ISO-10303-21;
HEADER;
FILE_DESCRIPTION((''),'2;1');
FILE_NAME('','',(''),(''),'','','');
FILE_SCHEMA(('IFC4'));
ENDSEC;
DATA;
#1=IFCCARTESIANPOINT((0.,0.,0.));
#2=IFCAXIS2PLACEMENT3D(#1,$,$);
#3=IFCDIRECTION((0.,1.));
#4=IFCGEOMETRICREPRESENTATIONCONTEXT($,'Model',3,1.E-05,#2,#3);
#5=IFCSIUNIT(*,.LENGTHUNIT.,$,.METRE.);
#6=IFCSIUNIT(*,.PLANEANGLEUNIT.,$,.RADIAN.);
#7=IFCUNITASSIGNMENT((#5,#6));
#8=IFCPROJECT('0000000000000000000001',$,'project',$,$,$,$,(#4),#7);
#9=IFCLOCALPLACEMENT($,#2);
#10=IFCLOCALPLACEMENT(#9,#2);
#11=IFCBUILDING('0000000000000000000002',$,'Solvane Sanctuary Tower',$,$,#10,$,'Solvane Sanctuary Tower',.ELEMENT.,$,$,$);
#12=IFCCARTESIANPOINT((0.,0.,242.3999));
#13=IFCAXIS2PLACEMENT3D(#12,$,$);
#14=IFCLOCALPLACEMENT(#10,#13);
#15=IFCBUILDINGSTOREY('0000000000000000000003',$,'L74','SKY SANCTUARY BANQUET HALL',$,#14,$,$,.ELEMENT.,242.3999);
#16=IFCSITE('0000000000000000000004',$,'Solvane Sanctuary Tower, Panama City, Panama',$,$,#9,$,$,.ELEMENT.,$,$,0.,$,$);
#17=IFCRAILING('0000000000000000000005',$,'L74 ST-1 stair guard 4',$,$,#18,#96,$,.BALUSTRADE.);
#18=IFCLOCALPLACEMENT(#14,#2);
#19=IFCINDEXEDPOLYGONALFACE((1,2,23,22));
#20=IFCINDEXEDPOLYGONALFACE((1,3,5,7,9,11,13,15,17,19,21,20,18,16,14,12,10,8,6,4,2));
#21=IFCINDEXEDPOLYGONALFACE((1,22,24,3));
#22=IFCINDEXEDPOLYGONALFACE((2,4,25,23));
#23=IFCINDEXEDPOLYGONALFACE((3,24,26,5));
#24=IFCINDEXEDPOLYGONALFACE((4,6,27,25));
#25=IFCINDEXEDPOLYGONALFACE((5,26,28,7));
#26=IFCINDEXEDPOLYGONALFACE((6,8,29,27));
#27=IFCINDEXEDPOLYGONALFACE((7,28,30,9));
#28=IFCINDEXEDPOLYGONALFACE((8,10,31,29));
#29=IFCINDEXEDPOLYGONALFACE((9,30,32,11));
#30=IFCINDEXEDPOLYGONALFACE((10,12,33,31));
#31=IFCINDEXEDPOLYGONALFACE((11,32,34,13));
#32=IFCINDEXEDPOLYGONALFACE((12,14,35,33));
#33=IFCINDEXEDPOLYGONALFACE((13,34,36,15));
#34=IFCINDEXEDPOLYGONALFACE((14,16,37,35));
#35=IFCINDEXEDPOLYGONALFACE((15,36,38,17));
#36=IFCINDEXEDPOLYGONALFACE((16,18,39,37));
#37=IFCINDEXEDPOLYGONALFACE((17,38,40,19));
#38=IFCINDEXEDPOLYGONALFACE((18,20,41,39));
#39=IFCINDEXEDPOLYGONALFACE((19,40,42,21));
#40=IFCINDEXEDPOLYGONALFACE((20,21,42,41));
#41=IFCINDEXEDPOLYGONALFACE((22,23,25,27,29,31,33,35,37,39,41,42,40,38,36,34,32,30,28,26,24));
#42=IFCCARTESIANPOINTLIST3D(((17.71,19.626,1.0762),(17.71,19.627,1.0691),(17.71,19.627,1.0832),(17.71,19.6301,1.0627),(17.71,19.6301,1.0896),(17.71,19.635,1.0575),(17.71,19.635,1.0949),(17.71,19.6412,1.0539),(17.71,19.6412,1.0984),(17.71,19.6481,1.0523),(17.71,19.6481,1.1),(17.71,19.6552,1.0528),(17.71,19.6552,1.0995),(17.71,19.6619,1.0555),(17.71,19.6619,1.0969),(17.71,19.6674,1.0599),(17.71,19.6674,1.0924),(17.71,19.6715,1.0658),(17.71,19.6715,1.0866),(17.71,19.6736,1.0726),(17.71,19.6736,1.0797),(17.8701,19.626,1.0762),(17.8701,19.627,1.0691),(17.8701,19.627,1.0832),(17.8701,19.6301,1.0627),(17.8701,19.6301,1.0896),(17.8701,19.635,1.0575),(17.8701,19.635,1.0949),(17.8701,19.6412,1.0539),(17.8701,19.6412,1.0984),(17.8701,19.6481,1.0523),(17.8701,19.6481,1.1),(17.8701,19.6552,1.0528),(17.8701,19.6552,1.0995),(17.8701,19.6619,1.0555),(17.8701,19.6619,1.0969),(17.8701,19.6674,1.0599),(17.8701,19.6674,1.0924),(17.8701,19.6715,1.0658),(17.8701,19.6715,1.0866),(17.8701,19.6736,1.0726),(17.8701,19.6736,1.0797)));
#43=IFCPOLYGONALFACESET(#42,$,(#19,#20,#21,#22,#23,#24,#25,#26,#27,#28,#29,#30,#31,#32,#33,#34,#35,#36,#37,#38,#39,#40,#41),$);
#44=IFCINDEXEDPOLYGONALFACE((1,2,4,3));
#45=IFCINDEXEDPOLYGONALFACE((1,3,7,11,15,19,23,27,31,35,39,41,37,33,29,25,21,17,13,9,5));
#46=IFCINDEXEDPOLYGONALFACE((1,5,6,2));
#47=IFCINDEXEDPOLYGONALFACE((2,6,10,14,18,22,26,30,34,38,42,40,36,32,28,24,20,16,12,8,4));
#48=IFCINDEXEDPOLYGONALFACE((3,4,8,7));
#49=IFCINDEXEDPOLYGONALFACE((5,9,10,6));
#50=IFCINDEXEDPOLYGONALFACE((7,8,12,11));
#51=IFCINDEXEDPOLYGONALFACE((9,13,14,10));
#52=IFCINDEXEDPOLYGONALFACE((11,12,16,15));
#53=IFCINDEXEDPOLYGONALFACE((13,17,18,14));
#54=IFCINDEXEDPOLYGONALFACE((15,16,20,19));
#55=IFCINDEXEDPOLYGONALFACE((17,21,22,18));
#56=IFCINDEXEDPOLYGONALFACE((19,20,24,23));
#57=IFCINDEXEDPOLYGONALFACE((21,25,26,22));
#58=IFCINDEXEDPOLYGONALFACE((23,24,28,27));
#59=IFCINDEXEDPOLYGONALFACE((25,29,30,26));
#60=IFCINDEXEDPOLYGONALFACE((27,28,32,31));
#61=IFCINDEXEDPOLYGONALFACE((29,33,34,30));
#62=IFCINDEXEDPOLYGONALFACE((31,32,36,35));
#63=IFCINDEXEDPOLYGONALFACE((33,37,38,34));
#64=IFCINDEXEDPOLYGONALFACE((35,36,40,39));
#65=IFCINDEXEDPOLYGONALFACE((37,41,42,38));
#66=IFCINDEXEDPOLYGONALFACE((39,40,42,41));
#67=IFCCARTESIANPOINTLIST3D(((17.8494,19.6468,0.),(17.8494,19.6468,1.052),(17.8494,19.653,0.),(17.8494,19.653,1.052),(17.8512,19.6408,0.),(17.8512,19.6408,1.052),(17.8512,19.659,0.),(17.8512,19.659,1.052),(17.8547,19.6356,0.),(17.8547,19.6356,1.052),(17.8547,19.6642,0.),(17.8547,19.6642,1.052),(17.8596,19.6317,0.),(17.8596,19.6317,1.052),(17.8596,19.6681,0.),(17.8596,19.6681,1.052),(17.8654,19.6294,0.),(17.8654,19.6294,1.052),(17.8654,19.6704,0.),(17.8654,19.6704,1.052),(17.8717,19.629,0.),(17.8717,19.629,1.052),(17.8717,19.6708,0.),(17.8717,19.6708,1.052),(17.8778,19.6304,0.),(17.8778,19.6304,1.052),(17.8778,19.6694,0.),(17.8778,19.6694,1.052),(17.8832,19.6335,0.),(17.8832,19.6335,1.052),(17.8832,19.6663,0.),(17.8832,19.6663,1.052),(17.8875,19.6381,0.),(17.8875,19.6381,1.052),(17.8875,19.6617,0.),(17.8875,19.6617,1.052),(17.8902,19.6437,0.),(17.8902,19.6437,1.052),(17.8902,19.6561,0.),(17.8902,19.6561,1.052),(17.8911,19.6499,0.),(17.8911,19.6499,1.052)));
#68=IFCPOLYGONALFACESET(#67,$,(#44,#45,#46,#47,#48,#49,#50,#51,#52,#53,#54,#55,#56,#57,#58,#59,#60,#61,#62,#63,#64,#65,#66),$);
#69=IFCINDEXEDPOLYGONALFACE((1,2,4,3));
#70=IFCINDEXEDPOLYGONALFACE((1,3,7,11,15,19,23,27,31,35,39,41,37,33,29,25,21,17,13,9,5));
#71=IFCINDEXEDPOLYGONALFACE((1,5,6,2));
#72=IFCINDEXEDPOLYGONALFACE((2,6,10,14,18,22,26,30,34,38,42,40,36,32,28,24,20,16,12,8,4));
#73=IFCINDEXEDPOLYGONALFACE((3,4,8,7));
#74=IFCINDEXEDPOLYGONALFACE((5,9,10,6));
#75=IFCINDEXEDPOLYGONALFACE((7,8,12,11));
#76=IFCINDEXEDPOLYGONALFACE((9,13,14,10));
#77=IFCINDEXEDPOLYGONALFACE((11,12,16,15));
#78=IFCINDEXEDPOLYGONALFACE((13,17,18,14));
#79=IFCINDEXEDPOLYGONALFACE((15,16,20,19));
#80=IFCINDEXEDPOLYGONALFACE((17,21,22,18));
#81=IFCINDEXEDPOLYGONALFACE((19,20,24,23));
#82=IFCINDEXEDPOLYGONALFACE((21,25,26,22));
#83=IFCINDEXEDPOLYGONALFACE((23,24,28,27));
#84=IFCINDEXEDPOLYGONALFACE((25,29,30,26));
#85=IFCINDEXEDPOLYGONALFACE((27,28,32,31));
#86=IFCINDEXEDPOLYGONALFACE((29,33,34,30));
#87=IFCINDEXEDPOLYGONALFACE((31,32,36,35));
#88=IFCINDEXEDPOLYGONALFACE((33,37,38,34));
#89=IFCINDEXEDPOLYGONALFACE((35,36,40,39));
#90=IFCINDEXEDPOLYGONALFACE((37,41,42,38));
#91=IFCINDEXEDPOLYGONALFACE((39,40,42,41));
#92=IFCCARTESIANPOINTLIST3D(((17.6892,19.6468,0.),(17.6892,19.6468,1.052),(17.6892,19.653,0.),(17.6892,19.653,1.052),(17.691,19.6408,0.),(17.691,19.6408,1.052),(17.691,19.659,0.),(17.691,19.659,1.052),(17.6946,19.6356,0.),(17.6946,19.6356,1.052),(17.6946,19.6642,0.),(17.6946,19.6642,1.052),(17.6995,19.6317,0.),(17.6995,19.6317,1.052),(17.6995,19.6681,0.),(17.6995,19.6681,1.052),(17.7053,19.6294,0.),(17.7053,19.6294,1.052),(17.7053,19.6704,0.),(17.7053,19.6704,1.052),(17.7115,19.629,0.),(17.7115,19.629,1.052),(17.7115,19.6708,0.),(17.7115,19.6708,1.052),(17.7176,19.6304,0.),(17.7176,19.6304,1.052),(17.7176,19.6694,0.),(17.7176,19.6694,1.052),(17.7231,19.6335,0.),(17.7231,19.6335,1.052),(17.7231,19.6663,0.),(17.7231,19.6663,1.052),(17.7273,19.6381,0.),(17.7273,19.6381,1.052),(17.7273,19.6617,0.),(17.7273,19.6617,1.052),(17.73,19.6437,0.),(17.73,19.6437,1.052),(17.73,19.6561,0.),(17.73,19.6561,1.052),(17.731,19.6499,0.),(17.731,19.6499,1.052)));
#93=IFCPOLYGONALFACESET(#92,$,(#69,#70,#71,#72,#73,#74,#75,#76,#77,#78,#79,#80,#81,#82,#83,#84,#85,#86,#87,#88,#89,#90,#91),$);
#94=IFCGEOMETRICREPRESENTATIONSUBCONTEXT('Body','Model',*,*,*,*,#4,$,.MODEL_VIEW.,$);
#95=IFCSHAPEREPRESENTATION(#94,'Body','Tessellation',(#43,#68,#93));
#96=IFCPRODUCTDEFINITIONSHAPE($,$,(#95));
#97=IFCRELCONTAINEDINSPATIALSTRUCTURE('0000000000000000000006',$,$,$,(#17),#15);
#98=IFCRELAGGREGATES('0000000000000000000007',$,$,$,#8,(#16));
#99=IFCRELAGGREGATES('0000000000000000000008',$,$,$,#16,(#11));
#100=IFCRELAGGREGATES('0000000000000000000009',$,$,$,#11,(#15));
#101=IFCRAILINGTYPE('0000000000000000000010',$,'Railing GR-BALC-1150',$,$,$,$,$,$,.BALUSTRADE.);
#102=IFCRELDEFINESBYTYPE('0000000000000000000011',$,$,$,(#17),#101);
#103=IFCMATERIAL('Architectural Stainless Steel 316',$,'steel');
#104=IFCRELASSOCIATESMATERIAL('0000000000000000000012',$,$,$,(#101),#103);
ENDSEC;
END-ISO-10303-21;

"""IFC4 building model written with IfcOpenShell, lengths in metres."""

from ifc_helpers import new_model, si_unit, direction, frame, origin, origin_2d, place, context, subcontext, project, spatial, circle, extrude, material, type_object, element, save


model = new_model("IFC4")

# Units and contexts
model_context = context("Model", 3, precision=1e-05, world=origin(), true_north=direction((0.0, 1.0)))
body_context = subcontext(model_context, "Body", "Model", "MODEL_VIEW")
ifc_project = project(units=[si_unit("LENGTHUNIT", "METRE"), si_unit("PLANEANGLEUNIT", "RADIAN")], contexts=[model_context])

# Site, building, storey
site_placement = place(None, origin())
site = spatial("IfcSite", under=ifc_project, at=site_placement, Name="Solvane Sanctuary Tower, Panama City, Panama", CompositionType="ELEMENT", RefElevation=0.0)
building_placement = place(site_placement, origin())
building = spatial("IfcBuilding", under=site, at=building_placement, Name="Solvane Sanctuary Tower", LongName="Solvane Sanctuary Tower", CompositionType="ELEMENT")
storey_placement = place(building_placement, frame((0.0, 0.0, 242.3999)))
storey = spatial("IfcBuildingStorey", under=building, at=storey_placement, Name="L74", Description="SKY SANCTUARY BANQUET HALL", CompositionType="ELEMENT", Elevation=242.3999)

# Shared definitions
ifc_material_1 = material(Name="Architectural Stainless Steel 316", Category="steel")

# Railing
railing_type_1 = type_object("IfcRailingType", Name="Railing GR-BALC-1150", PredefinedType="BALUSTRADE", material=ifc_material_1)
railing_1_placement = place(storey_placement, frame((17.8701, 19.6499, 0.0)))
element("IfcRailing", 1, at=railing_1_placement, inside=storey, type_object=railing_type_1, Name="L74 ST-1 stair guard 4", PredefinedType="BALUSTRADE", context=body_context, shape_type="SweptSolid", body=[
    extrude(circle(Radius=0.0239, at=origin_2d()), frame((0.0, 0.0, 1.0762), z_axis=(-1.0, 0.0, 0.0), x_axis=(0.0, -1.0, 0.0)), (0.0, 0.0, 1.0), 0.1602),
    extrude(circle(Radius=0.021, at=origin_2d()), origin(), (0.0, 0.0, 1.0), 1.052),
    extrude(circle(Radius=0.021, at=origin_2d()), frame((-0.1602, 0.0, 0.0)), (0.0, 0.0, 1.0), 1.052),
])

save(model, "model.ifc")
